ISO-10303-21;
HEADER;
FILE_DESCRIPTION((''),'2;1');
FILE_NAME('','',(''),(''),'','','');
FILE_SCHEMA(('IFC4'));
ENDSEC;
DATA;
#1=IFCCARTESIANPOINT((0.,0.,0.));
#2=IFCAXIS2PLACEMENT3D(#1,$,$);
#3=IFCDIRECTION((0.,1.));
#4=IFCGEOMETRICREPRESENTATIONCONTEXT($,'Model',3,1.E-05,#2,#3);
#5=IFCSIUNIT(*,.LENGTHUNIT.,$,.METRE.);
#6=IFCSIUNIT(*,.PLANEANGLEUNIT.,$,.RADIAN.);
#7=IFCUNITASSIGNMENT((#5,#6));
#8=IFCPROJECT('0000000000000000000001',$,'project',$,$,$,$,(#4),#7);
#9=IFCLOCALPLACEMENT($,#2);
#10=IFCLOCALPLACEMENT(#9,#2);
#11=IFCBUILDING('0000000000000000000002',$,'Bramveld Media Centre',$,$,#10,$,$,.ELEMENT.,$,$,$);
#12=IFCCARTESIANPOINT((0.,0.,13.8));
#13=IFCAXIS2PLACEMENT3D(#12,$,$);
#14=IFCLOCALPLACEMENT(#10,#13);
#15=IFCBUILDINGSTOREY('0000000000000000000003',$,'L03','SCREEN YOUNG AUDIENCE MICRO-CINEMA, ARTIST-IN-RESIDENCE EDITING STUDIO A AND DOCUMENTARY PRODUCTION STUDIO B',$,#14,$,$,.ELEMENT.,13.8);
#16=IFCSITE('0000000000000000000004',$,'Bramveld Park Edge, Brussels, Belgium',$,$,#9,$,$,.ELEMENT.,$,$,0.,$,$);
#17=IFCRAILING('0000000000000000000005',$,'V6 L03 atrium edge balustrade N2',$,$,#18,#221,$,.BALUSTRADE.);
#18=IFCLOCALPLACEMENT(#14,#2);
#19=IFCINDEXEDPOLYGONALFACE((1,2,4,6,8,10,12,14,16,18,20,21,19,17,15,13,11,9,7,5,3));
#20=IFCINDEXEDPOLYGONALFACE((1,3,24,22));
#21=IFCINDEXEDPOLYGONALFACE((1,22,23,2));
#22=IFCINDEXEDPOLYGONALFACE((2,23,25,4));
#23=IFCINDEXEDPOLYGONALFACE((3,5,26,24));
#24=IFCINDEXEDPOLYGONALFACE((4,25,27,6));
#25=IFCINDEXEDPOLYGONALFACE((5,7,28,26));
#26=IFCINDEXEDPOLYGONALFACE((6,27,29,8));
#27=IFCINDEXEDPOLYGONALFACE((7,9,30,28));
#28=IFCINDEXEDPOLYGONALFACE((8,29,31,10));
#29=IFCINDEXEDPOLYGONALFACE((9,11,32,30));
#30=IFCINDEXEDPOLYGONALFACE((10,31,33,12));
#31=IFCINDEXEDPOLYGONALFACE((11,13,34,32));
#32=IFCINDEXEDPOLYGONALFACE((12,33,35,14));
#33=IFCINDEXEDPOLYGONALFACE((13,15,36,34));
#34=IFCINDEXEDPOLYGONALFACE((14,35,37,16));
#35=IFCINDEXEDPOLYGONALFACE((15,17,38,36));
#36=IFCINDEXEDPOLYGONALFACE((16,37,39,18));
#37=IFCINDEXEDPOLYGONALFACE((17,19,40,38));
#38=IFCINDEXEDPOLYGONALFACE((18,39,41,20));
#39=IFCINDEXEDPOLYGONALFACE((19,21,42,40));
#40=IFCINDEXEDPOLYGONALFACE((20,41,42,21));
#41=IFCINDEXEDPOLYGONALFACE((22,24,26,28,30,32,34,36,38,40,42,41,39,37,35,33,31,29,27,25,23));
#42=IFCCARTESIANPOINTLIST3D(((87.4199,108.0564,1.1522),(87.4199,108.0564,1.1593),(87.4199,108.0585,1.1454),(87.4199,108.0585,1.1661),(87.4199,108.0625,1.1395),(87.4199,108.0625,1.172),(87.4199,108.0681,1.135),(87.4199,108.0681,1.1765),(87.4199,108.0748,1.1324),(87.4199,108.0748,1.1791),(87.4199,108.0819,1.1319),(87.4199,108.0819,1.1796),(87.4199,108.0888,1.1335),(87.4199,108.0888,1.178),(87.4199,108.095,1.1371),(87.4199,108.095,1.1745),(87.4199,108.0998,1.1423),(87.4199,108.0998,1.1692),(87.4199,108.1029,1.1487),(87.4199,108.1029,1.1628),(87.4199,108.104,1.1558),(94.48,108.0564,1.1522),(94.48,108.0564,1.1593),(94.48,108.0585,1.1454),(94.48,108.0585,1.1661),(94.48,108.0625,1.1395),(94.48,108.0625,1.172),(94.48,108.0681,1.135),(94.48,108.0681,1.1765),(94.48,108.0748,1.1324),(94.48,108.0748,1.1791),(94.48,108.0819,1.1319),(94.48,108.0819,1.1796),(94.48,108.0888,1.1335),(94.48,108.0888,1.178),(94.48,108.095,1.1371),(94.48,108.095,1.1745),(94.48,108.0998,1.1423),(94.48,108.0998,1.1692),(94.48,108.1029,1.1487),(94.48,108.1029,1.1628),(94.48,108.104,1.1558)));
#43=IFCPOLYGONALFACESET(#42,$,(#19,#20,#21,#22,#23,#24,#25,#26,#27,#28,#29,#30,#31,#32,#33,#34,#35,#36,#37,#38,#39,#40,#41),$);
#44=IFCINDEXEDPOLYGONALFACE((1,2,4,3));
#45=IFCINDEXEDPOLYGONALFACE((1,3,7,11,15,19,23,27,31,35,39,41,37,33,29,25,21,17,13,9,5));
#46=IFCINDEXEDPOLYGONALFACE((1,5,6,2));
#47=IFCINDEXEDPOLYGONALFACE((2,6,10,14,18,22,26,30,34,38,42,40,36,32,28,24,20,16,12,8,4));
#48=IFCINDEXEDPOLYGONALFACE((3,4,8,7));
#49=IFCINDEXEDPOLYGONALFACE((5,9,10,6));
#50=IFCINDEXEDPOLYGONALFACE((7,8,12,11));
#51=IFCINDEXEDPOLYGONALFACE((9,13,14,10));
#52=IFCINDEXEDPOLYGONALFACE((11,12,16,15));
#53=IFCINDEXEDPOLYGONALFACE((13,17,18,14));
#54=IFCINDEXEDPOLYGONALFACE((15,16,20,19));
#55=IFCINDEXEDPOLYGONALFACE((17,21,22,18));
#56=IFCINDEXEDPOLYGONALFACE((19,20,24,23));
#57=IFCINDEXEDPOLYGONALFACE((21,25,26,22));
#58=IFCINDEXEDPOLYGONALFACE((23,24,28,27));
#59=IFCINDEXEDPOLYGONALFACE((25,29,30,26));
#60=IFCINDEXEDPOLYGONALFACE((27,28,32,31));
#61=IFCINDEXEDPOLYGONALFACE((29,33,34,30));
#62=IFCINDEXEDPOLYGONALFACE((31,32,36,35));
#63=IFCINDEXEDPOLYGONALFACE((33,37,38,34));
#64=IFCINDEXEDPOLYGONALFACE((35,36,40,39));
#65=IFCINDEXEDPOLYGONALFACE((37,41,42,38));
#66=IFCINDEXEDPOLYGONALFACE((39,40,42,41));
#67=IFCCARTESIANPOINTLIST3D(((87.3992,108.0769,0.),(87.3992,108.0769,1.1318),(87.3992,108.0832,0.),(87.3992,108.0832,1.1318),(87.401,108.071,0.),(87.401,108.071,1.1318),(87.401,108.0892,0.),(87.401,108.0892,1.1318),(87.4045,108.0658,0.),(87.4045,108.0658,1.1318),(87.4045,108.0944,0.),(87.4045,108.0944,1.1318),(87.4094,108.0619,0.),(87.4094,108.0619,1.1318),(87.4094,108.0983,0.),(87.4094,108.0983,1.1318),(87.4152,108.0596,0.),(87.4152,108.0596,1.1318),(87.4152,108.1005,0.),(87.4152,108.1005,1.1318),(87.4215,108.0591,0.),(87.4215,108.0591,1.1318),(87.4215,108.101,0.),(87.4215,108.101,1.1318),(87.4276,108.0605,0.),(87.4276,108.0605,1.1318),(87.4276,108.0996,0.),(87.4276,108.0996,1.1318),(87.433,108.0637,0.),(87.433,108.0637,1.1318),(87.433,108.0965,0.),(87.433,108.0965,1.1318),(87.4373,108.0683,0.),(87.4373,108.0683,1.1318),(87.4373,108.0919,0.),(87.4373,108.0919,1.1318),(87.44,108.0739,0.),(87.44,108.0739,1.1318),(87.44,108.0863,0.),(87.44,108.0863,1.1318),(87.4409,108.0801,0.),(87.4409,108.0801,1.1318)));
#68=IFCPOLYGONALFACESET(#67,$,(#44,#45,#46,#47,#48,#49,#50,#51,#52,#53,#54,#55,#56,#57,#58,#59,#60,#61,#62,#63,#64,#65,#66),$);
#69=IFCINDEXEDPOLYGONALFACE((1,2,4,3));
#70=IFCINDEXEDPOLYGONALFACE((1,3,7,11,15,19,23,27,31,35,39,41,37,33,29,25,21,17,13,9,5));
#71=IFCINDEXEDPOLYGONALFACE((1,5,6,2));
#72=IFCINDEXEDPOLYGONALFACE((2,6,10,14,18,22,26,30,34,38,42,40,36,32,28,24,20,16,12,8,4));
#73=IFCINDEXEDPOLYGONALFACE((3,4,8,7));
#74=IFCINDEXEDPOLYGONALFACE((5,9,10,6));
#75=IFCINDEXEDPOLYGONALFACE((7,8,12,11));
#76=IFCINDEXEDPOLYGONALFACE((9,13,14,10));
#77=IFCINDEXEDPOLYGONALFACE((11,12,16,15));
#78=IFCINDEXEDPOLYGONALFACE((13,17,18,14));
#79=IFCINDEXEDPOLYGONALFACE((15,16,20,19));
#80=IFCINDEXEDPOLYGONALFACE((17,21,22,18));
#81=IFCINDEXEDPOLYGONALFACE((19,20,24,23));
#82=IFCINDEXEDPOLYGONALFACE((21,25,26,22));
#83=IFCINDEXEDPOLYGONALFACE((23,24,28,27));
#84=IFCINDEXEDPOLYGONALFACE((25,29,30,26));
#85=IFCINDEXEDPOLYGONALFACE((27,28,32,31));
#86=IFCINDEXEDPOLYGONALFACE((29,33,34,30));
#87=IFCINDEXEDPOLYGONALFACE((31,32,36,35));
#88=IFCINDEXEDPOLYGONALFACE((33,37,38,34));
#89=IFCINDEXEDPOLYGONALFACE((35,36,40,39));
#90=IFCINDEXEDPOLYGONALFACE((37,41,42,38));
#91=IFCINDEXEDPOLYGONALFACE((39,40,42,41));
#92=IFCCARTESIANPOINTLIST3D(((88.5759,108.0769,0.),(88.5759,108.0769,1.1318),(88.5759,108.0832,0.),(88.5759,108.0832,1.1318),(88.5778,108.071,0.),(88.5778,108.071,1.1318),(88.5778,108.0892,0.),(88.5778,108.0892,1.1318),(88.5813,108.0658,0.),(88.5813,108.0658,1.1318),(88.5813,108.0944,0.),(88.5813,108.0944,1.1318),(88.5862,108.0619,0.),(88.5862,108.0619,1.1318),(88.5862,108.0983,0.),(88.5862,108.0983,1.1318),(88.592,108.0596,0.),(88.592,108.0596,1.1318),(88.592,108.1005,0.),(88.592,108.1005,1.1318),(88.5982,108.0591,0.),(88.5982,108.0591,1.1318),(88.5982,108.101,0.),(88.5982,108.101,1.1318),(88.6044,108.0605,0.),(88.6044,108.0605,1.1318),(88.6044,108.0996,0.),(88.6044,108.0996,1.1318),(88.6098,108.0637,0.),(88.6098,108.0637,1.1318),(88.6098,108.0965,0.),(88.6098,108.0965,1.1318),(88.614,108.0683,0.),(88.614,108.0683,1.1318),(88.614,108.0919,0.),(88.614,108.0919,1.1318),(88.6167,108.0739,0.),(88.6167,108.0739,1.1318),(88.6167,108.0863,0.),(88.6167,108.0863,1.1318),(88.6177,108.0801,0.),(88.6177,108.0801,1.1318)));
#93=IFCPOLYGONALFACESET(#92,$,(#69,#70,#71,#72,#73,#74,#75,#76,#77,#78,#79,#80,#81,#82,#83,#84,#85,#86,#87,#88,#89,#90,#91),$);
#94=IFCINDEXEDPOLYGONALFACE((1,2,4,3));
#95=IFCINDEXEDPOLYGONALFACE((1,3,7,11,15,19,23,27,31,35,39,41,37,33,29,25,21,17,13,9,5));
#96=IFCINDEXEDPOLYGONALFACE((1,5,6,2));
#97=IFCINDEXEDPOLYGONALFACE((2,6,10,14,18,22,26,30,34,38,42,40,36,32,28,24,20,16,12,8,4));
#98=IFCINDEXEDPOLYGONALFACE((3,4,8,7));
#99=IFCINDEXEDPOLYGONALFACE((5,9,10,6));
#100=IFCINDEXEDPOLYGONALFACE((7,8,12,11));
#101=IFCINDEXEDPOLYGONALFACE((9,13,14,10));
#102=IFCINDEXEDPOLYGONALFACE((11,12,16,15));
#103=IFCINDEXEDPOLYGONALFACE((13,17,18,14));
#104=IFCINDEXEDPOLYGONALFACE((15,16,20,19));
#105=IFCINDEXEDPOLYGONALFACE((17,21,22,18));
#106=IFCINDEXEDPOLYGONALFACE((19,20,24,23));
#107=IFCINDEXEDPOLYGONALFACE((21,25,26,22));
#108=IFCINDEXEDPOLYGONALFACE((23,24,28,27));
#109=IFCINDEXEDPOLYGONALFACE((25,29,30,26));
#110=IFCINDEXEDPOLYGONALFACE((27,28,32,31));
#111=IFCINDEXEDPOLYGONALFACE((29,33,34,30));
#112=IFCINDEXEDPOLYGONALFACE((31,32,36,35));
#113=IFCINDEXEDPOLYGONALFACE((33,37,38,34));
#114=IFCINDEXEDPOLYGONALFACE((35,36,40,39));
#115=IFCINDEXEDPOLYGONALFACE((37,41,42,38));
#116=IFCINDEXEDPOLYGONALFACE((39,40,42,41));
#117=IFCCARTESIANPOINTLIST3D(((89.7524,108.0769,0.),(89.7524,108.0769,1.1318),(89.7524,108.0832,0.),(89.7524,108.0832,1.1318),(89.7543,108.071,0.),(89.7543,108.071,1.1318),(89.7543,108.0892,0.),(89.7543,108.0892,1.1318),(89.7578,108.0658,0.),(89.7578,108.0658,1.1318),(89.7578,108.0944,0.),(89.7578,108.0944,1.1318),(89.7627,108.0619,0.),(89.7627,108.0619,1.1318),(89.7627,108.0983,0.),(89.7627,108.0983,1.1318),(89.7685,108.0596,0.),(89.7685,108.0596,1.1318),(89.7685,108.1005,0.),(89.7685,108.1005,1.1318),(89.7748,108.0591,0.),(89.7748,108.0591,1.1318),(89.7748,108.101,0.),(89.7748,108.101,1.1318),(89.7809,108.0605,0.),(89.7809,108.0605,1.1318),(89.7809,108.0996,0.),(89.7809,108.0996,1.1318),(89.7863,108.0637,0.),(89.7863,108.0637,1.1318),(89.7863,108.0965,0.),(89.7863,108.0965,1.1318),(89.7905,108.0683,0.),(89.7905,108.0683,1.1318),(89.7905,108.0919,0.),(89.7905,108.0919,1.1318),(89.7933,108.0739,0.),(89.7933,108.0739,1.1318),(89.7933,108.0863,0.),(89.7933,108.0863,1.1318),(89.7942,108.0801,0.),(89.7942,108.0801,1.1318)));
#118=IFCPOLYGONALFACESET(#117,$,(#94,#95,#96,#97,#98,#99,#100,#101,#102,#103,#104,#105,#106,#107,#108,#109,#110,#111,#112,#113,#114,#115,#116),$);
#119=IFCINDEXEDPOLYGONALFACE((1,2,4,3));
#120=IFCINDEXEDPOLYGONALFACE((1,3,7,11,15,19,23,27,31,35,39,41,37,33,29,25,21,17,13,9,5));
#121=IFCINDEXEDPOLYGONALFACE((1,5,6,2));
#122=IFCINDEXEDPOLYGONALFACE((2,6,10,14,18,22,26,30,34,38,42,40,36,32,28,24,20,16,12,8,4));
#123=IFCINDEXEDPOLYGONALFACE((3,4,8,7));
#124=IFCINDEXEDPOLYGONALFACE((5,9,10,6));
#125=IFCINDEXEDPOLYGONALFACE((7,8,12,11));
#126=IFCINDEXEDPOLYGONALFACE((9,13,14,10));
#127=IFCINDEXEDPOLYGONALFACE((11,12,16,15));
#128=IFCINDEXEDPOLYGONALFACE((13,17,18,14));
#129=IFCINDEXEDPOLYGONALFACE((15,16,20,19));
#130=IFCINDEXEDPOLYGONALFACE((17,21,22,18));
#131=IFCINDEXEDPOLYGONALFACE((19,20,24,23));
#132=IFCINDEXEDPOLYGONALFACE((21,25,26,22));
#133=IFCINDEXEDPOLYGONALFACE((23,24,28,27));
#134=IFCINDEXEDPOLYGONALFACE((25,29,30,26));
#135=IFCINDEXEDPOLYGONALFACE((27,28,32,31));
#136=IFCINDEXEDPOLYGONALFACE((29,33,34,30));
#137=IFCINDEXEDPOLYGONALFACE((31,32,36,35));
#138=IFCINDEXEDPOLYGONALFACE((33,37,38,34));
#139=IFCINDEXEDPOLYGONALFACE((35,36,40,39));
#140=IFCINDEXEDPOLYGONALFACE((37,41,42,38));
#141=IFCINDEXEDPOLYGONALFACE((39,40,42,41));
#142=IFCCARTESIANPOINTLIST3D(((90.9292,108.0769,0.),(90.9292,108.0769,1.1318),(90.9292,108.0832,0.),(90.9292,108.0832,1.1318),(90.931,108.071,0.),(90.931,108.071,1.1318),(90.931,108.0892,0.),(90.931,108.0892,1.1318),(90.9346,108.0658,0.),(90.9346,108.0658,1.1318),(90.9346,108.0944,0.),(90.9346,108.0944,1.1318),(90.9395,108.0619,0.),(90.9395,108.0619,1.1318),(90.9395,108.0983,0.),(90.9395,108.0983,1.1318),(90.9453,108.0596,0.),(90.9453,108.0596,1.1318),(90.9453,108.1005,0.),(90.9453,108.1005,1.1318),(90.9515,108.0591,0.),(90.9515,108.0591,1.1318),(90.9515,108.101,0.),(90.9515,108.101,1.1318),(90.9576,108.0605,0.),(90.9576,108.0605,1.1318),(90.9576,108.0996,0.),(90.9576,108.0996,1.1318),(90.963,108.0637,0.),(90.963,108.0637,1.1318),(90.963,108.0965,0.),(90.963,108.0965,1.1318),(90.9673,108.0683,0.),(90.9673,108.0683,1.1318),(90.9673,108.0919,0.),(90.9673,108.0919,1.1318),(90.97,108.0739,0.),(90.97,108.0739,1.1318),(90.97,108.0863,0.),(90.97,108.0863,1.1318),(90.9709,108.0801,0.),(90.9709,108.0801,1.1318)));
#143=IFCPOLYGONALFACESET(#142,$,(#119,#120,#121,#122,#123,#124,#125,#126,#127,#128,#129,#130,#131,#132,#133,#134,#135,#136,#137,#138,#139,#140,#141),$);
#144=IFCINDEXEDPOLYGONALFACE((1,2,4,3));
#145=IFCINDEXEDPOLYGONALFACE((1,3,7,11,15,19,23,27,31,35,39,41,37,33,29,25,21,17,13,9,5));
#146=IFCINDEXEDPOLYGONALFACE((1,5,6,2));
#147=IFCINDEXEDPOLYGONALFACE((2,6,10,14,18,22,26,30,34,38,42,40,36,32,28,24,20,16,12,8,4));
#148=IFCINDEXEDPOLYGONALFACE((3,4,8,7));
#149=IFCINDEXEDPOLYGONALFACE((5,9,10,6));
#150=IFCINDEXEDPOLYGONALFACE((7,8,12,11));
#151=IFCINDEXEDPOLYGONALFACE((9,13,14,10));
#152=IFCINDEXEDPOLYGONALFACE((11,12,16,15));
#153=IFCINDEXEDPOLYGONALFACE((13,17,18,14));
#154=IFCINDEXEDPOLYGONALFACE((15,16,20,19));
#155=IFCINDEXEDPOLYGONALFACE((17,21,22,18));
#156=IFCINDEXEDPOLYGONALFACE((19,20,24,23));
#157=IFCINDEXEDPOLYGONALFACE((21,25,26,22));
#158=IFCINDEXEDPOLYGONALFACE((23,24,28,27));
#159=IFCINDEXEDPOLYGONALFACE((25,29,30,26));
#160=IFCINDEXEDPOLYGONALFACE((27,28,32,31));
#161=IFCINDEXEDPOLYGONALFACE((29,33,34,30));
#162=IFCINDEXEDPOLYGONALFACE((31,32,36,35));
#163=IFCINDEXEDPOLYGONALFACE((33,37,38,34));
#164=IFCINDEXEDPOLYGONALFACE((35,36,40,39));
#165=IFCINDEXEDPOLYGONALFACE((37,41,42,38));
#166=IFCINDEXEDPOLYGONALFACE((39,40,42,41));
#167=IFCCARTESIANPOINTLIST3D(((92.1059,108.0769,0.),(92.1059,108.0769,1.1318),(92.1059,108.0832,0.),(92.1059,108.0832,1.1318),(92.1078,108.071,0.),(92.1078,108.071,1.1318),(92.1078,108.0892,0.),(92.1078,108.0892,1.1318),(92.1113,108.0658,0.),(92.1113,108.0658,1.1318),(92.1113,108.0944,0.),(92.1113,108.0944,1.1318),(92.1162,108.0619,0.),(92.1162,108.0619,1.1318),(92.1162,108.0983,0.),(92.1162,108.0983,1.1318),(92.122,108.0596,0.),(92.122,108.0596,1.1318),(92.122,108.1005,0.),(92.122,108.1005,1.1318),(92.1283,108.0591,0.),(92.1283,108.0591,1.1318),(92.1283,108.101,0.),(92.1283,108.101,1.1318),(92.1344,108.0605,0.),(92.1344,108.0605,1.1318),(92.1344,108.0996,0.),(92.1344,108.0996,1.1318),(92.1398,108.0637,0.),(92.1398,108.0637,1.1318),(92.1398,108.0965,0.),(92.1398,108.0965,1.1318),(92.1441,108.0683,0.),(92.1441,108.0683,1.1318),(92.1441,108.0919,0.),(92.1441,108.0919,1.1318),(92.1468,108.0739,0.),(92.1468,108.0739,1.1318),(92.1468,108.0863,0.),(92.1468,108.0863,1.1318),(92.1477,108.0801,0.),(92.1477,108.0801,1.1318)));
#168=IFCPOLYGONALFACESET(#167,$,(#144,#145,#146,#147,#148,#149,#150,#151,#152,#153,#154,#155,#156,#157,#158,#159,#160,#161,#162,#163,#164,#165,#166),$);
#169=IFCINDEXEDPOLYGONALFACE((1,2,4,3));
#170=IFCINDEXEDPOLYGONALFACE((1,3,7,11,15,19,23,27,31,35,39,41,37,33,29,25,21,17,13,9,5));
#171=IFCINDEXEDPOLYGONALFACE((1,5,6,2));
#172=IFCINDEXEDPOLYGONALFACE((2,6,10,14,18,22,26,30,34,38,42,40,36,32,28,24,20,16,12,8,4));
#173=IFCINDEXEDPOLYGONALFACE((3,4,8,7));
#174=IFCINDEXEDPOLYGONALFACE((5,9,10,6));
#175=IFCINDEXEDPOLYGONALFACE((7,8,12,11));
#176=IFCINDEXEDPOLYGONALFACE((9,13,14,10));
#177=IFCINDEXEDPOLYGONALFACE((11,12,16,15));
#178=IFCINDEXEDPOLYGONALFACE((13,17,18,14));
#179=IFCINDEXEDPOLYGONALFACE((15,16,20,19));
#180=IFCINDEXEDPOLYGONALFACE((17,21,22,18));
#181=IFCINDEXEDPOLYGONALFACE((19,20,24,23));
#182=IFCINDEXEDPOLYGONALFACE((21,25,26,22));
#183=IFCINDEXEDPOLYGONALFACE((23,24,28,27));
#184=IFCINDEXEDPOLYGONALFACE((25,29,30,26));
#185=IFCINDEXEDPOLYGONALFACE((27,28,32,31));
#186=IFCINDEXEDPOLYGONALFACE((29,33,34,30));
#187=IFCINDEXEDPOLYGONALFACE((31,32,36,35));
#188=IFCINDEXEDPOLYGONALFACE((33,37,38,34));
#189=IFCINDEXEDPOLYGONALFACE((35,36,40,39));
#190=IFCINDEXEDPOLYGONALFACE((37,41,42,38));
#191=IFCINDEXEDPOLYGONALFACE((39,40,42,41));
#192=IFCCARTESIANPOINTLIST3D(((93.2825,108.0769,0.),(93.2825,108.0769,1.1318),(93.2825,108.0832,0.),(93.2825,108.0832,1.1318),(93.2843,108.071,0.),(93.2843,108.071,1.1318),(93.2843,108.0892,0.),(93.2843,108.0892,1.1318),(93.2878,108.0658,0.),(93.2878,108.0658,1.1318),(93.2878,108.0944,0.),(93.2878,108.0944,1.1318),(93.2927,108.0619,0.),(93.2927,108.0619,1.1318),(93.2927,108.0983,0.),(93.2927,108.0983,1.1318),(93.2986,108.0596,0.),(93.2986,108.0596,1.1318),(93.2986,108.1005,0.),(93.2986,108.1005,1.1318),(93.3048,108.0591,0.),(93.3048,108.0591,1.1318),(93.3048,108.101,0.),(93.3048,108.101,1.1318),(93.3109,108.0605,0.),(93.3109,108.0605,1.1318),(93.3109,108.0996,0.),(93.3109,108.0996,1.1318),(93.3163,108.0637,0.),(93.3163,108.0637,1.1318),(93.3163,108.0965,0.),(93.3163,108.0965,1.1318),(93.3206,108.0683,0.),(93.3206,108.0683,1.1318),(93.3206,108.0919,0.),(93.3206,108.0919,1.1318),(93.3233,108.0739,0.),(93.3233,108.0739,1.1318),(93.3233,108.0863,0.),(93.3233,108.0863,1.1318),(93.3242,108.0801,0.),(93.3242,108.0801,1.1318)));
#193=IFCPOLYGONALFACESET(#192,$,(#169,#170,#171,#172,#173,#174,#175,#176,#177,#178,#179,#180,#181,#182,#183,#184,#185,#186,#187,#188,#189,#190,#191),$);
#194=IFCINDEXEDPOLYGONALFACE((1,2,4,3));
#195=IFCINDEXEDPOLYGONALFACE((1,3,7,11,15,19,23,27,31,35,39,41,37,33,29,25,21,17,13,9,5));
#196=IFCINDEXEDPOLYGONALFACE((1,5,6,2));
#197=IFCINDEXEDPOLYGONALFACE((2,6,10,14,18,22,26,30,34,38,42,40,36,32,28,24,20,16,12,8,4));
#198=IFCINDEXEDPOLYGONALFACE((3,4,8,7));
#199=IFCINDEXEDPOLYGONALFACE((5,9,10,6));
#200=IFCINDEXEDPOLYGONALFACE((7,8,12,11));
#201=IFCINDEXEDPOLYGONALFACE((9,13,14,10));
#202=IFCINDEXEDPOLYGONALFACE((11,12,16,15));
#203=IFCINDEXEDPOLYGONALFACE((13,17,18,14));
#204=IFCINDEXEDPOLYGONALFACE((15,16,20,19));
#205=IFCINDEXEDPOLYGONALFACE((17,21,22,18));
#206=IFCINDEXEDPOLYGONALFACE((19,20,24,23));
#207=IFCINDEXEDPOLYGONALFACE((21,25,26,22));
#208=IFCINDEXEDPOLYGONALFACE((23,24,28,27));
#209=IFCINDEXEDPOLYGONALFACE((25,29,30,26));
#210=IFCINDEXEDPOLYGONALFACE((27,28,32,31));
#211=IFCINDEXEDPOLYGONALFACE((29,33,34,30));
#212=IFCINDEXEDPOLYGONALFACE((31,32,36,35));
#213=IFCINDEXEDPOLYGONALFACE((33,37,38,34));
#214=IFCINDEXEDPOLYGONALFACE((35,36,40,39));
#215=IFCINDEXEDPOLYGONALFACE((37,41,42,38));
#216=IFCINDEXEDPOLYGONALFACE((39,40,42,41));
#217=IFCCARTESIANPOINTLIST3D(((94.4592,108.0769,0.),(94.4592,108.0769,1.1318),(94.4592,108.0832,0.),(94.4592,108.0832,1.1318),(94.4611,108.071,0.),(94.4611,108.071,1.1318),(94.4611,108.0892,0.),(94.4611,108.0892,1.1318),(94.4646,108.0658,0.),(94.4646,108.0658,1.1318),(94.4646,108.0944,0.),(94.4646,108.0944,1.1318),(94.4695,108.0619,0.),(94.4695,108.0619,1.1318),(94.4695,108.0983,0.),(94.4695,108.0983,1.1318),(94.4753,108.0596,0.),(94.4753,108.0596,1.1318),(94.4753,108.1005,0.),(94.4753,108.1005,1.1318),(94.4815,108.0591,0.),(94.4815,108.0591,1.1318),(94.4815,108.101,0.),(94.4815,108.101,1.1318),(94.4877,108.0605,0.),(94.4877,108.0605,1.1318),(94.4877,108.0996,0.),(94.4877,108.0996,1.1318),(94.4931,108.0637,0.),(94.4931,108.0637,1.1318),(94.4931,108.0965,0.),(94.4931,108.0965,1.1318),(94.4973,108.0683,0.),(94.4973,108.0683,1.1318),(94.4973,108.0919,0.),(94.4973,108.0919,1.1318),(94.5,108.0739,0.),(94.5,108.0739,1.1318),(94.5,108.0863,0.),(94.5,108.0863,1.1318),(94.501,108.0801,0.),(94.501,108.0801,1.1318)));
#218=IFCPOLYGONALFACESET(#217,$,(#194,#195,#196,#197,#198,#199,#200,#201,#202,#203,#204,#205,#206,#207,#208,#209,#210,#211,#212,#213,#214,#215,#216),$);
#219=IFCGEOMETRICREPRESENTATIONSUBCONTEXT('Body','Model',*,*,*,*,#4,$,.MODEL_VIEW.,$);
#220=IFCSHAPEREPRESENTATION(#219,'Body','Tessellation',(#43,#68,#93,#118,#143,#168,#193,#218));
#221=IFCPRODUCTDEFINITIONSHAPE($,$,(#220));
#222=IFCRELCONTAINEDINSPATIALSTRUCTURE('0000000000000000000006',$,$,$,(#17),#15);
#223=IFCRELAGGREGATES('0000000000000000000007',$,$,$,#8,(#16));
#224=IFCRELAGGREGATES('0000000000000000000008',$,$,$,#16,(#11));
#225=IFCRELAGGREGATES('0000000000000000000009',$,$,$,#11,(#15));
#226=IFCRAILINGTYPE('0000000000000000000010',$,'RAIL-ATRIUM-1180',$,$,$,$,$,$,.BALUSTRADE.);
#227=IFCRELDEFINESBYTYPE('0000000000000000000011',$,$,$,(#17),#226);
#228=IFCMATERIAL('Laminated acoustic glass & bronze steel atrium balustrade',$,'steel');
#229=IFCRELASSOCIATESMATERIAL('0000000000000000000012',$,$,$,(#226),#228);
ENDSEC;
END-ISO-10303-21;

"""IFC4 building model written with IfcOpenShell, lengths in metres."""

from ifc_helpers import new_model, si_unit, direction, frame, origin, origin_2d, place, context, subcontext, project, spatial, circle, extrude, material, type_object, element, save


model = new_model("IFC4")

# Units and contexts
model_context = context("Model", 3, precision=1e-05, world=origin(), true_north=direction((0.0, 1.0)))
body_context = subcontext(model_context, "Body", "Model", "MODEL_VIEW")
ifc_project = project(units=[si_unit("LENGTHUNIT", "METRE"), si_unit("PLANEANGLEUNIT", "RADIAN")], contexts=[model_context])

# Site, building, storey
site_placement = place(None, origin())
site = spatial("IfcSite", under=ifc_project, at=site_placement, Name="Bramveld Park Edge, Brussels, Belgium", CompositionType="ELEMENT", RefElevation=0.0)
building_placement = place(site_placement, origin())
building = spatial("IfcBuilding", under=site, at=building_placement, Name="Bramveld Media Centre", CompositionType="ELEMENT")
storey_placement = place(building_placement, frame((0.0, 0.0, 13.8)))
storey = spatial("IfcBuildingStorey", under=building, at=storey_placement, Name="L03", Description="SCREEN YOUNG AUDIENCE MICRO-CINEMA, ARTIST-IN-RESIDENCE EDITING STUDIO A AND DOCUMENTARY PRODUCTION STUDIO B", CompositionType="ELEMENT", Elevation=13.8)

# Railing
ifc_material_1 = material(Name="Laminated acoustic glass & bronze steel atrium balustrade", Category="steel")
railing_type = type_object("IfcRailingType", Name="RAIL-ATRIUM-1180", PredefinedType="BALUSTRADE", material=ifc_material_1)
railing_placement = place(storey_placement, frame((87.4199, 108.0801, 0.0)))
element("IfcRailing", 1, at=railing_placement, inside=storey, type_object=railing_type, Name="V6 L03 atrium edge balustrade N2", PredefinedType="BALUSTRADE", context=body_context, shape_type="SweptSolid", body=[
    extrude(circle(Radius=0.0239, at=origin_2d()), frame((0.0, 0.0, 1.1558), z_axis=(1.0, 0.0, 0.0), x_axis=(0.0, 1.0, 0.0)), (0.0, 0.0, 1.0), 7.0601),
    extrude(circle(Radius=0.021, at=origin_2d()), origin(), (0.0, 0.0, 1.0), 1.1318),
    extrude(circle(Radius=0.021, at=origin_2d()), frame((1.1768, 0.0, 0.0)), (0.0, 0.0, 1.0), 1.1318),
    extrude(circle(Radius=0.021, at=origin_2d()), frame((2.3533, 0.0, 0.0)), (0.0, 0.0, 1.0), 1.1318),
    extrude(circle(Radius=0.021, at=origin_2d()), frame((3.53, 0.0, 0.0)), (0.0, 0.0, 1.0), 1.1318),
    extrude(circle(Radius=0.021, at=origin_2d()), frame((4.7068, 0.0, 0.0)), (0.0, 0.0, 1.0), 1.1318),
    extrude(circle(Radius=0.021, at=origin_2d()), frame((5.8833, 0.0, 0.0)), (0.0, 0.0, 1.0), 1.1318),
    extrude(circle(Radius=0.021, at=origin_2d()), frame((7.0601, 0.0, 0.0)), (0.0, 0.0, 1.0), 1.1318),
])

save(model, "model.ifc")
